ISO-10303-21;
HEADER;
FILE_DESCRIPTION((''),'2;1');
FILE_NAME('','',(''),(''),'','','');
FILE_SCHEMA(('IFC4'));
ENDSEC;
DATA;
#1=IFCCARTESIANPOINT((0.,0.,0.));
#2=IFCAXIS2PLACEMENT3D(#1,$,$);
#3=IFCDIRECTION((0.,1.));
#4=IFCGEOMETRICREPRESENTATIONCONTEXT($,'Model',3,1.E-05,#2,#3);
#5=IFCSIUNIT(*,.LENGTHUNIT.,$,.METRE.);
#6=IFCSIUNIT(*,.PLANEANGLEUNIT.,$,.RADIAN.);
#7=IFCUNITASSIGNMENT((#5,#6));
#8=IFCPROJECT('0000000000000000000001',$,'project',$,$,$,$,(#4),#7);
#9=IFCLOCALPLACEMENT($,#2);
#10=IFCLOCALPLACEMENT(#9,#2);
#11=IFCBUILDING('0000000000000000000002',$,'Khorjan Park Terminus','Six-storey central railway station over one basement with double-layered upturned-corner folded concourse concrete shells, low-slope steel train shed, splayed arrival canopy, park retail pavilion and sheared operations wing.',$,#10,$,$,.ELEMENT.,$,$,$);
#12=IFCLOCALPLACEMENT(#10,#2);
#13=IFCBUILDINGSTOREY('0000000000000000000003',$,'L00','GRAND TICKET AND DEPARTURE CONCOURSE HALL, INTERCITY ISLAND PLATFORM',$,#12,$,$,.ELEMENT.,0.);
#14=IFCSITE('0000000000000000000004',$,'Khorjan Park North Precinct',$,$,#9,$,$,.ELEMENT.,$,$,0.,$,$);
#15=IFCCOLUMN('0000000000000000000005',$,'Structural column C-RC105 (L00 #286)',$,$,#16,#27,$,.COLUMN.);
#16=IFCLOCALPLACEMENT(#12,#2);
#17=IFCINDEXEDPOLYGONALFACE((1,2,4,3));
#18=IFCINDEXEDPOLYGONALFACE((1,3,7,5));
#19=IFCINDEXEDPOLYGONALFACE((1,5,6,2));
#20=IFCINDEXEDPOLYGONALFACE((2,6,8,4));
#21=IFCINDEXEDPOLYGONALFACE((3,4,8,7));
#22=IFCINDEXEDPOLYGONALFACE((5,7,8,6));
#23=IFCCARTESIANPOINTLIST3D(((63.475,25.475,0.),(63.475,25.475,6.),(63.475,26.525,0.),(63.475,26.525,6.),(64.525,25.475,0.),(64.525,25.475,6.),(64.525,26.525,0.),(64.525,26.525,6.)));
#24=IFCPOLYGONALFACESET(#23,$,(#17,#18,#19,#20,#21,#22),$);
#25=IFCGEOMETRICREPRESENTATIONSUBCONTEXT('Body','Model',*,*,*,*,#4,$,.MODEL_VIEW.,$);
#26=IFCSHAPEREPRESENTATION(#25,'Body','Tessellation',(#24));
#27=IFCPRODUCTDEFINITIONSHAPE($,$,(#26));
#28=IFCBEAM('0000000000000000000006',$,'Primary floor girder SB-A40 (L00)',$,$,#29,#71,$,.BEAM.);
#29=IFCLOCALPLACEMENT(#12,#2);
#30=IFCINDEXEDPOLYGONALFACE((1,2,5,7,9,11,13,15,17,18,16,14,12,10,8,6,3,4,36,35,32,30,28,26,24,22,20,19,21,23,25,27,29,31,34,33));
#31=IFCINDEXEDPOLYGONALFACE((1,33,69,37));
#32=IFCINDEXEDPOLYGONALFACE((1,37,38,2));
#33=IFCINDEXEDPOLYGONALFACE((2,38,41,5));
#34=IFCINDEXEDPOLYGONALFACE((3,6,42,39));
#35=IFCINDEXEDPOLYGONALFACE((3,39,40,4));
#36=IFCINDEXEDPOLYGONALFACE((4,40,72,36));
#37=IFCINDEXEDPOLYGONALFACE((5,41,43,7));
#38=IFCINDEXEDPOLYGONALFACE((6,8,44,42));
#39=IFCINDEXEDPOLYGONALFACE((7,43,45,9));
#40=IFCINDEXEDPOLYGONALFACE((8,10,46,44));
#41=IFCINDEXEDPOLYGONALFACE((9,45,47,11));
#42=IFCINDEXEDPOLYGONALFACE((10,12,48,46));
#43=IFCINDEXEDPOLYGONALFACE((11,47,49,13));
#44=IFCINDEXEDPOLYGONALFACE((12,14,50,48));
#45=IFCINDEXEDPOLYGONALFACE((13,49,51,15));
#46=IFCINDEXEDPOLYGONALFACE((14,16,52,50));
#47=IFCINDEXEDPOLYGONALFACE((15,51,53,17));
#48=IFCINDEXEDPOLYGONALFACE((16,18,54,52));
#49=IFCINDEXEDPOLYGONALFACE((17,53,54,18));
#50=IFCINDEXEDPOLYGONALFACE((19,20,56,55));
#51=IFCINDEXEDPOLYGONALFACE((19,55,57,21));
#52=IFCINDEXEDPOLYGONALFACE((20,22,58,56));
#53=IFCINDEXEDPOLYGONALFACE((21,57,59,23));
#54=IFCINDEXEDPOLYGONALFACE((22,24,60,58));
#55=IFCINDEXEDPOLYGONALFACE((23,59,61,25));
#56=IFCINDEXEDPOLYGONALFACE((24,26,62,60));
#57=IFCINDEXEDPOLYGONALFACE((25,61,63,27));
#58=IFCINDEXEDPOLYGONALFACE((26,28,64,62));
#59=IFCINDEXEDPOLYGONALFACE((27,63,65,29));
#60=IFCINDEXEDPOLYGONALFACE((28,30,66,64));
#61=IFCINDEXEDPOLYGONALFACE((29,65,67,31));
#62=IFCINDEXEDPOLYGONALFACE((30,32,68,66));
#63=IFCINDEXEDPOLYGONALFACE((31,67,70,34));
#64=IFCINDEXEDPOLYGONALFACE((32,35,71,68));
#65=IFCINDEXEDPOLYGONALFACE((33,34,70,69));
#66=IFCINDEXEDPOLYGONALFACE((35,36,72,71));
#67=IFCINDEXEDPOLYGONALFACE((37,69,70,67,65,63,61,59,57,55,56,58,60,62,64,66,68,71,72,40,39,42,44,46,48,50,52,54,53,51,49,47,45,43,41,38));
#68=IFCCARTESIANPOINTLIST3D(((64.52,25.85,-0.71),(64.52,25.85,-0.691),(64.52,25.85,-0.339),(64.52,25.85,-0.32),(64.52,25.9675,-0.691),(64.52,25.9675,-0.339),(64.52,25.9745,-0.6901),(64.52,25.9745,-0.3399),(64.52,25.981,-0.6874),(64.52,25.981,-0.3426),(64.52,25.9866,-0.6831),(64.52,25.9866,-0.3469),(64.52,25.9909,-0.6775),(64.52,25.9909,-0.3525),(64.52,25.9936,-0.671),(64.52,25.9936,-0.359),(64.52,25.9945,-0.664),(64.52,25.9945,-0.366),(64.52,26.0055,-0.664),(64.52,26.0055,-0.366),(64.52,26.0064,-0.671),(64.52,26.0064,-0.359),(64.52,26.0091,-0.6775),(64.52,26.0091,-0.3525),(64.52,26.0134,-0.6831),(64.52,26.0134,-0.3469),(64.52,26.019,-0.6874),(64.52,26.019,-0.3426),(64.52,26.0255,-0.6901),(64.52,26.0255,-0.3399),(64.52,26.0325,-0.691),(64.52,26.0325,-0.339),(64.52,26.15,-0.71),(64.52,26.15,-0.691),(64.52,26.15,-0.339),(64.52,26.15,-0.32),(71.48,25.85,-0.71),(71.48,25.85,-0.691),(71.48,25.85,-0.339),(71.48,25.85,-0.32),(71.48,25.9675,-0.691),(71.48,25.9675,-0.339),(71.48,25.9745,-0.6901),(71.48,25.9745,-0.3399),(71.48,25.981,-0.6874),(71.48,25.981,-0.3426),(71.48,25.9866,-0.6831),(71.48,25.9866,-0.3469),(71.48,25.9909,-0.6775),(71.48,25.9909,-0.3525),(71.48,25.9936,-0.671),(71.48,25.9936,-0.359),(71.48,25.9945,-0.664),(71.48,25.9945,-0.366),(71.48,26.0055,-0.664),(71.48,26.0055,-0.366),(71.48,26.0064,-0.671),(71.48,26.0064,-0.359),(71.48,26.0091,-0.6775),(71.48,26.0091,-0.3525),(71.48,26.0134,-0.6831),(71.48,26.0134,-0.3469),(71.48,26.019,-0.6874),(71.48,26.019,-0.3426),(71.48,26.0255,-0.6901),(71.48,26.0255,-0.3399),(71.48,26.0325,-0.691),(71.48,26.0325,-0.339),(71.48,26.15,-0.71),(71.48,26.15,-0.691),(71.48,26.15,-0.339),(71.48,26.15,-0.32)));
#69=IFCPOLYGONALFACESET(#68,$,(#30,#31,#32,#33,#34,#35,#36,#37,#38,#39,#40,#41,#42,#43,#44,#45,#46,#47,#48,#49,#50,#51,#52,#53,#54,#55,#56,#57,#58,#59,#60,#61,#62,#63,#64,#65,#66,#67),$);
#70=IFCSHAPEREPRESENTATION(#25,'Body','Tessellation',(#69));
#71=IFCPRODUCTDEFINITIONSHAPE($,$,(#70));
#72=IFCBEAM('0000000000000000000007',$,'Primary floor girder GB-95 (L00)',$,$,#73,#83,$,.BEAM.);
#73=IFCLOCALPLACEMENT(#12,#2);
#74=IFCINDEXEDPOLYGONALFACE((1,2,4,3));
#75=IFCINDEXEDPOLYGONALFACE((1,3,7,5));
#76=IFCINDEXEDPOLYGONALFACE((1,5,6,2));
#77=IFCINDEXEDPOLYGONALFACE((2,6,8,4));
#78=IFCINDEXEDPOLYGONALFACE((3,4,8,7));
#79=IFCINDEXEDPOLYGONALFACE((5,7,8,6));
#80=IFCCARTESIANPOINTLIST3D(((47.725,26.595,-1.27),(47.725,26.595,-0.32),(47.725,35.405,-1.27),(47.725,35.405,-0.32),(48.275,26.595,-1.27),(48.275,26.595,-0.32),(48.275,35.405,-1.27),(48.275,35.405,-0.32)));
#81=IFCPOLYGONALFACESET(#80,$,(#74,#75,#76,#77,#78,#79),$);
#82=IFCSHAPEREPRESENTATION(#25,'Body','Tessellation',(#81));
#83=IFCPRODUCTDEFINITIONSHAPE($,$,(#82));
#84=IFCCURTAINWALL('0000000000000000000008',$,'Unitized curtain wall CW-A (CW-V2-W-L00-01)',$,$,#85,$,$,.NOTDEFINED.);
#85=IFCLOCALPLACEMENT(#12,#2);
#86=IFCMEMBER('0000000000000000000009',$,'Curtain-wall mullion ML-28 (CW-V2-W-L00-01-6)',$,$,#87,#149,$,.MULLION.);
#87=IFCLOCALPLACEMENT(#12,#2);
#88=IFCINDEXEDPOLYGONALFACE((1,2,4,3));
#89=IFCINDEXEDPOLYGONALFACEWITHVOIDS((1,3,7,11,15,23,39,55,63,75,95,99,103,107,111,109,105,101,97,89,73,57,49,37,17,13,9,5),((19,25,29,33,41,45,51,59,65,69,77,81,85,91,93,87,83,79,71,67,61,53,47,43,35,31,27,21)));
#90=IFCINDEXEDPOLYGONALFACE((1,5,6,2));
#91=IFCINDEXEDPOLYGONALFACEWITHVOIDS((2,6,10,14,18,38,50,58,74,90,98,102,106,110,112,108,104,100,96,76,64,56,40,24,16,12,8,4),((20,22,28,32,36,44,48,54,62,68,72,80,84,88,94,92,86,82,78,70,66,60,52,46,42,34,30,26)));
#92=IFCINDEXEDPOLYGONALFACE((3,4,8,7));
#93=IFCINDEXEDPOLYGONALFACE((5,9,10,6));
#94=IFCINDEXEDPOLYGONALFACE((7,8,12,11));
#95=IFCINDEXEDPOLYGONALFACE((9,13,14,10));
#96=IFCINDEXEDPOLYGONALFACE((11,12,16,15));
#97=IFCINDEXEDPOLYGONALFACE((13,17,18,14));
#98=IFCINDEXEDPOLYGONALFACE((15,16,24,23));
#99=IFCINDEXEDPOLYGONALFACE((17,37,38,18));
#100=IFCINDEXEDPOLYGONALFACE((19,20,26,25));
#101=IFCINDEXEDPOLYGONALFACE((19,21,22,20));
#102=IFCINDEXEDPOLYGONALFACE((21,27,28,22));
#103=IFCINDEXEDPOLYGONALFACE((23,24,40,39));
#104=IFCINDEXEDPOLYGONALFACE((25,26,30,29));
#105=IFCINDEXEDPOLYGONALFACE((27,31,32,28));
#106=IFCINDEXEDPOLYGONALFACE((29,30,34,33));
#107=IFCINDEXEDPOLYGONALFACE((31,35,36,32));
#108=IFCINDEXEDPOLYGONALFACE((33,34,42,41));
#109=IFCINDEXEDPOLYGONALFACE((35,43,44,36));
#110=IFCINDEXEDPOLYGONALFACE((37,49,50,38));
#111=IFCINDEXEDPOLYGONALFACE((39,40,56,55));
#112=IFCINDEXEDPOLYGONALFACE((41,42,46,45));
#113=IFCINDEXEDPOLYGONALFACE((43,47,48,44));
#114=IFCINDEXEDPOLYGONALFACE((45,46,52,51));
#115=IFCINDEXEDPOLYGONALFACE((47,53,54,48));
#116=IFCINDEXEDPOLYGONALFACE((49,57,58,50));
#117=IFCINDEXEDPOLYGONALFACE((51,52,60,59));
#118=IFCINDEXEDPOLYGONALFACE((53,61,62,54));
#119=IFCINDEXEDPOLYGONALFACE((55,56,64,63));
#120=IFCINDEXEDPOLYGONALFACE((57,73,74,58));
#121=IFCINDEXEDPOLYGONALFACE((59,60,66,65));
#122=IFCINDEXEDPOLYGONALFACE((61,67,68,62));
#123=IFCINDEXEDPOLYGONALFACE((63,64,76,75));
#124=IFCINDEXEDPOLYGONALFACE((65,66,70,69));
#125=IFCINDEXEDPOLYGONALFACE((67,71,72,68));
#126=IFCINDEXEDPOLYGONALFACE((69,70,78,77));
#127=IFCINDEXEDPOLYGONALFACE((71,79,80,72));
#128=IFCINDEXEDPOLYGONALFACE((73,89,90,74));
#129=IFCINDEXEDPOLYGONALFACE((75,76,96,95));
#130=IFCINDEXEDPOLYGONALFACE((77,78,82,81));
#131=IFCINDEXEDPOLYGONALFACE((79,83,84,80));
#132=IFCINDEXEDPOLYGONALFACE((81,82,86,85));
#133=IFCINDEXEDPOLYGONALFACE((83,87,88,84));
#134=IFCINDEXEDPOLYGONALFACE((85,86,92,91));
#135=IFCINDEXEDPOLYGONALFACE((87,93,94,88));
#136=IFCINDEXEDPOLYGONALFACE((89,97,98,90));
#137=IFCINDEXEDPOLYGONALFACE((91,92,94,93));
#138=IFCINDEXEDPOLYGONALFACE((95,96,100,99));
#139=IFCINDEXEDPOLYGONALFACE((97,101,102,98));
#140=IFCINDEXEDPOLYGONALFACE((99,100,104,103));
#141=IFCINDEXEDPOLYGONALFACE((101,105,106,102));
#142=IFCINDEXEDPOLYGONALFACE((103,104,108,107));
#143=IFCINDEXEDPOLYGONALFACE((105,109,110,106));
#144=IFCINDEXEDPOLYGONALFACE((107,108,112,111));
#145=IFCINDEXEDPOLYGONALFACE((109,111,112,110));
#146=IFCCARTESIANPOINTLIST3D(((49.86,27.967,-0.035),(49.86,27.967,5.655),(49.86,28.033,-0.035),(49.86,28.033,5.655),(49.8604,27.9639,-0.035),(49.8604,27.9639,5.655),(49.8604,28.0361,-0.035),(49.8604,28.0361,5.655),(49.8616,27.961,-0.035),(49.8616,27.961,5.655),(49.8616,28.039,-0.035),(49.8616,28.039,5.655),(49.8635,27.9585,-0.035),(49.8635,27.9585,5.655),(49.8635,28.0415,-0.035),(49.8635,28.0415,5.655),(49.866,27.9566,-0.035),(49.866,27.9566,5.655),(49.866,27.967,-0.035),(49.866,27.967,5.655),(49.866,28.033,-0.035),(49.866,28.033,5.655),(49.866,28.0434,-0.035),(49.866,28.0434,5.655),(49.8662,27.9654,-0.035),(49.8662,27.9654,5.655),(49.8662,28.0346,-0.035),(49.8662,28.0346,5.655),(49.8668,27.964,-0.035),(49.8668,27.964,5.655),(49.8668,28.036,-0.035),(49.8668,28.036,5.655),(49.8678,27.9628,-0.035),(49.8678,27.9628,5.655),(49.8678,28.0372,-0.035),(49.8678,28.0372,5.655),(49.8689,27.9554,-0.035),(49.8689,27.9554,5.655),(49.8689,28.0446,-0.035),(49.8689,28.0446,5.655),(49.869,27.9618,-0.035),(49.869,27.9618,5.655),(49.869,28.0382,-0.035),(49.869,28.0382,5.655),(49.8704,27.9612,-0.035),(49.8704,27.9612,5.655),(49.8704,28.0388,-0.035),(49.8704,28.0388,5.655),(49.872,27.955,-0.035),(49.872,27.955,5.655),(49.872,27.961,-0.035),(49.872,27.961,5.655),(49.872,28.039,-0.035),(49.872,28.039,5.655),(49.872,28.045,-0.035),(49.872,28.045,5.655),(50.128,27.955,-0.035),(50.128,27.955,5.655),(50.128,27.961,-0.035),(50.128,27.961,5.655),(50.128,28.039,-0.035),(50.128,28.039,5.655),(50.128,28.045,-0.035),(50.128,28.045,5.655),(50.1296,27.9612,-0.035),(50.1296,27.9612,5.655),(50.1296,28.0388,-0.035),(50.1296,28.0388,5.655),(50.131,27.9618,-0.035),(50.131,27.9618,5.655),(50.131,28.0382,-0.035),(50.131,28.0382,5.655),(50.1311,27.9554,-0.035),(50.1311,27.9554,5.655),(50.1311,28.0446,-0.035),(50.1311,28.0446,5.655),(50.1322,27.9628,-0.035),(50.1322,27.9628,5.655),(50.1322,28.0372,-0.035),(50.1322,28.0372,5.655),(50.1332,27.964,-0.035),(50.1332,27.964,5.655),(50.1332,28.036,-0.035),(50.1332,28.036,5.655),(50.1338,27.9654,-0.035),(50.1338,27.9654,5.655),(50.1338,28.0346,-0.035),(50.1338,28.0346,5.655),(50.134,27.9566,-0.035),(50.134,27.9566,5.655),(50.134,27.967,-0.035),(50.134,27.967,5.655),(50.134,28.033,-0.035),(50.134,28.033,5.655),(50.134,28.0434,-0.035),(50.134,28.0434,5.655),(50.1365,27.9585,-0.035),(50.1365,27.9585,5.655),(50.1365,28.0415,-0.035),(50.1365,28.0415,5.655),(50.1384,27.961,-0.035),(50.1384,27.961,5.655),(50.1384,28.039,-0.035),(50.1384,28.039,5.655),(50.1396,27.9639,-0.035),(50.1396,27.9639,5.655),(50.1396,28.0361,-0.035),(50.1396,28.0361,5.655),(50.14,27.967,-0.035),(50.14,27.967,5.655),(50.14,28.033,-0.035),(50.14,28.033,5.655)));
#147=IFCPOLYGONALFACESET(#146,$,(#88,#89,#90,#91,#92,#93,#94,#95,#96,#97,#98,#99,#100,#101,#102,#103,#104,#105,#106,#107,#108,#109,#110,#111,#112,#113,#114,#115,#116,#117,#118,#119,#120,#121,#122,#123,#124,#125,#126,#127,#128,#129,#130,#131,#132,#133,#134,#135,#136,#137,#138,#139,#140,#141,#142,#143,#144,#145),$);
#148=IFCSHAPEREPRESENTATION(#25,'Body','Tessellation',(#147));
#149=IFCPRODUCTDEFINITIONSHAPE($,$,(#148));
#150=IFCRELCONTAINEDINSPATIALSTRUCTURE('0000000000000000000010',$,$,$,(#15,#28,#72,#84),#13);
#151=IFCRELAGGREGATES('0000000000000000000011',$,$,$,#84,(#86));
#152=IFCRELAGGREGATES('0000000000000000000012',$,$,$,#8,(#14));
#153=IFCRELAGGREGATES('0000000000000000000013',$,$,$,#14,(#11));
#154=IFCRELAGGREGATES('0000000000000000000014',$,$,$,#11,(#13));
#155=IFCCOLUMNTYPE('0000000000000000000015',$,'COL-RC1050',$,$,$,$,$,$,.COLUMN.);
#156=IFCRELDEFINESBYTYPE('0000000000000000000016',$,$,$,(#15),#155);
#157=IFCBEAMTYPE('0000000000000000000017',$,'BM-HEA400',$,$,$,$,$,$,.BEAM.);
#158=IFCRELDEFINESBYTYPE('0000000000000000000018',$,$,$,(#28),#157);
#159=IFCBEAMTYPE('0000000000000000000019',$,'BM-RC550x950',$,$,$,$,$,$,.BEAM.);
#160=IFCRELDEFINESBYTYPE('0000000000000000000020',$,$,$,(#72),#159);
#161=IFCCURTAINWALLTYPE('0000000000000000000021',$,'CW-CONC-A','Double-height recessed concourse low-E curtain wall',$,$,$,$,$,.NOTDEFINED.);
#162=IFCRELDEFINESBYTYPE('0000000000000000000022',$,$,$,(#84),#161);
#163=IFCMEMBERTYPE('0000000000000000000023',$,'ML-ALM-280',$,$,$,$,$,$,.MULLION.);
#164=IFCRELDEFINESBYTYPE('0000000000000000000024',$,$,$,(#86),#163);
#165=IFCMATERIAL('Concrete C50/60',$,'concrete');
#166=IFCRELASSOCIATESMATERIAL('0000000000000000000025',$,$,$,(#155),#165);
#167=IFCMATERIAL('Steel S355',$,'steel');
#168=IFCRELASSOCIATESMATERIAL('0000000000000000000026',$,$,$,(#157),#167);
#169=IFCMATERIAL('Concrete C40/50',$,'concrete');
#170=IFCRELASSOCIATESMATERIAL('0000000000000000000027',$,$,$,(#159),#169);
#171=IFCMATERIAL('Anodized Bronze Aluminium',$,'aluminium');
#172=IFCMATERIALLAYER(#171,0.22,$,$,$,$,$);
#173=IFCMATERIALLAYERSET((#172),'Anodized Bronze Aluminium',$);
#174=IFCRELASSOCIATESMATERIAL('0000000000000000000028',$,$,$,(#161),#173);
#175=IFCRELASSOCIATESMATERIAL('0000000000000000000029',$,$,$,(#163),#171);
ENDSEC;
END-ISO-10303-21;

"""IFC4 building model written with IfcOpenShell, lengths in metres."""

from ifc_helpers import new_model, si_unit, direction, frame, origin, origin_2d, place, context, subcontext, project, spatial, rectangle, hollow_rectangle, i_section, extrude, material, layer, layer_set, material_profile, profile_set, type_object, element, aggregate, save


model = new_model("IFC4")

# Units and contexts
model_context = context("Model", 3, precision=1e-05, world=origin(), true_north=direction((0.0, 1.0)))
body_context = subcontext(model_context, "Body", "Model", "MODEL_VIEW")
ifc_project = project(units=[si_unit("LENGTHUNIT", "METRE"), si_unit("PLANEANGLEUNIT", "RADIAN")], contexts=[model_context])

# Site, building, storey
site_placement = place(None, origin())
site = spatial("IfcSite", under=ifc_project, at=site_placement, Name="Khorjan Park North Precinct", CompositionType="ELEMENT", RefElevation=0.0)
building_placement = place(site_placement, origin())
building = spatial("IfcBuilding", under=site, at=building_placement, Name="Khorjan Park Terminus", Description="Six-storey central railway station over one basement with double-layered upturned-corner folded concourse concrete shells, low-slope steel train shed, splayed arrival canopy, park retail pavilion and sheared operations wing.", CompositionType="ELEMENT")
storey_placement = place(building_placement, origin())
storey = spatial("IfcBuildingStorey", under=building, at=storey_placement, Name="L00", Description="GRAND TICKET AND DEPARTURE CONCOURSE HALL, INTERCITY ISLAND PLATFORM", CompositionType="ELEMENT", Elevation=0.0)

# Column
ifc_material_1 = material(Name="Concrete C50/60", Category="concrete")
ifc_material_profile_1 = material_profile(ifc_material_1, rectangle(XDim=1.05, YDim=1.05, at=origin_2d()), Name="RC 1050x1050")
ifc_profile_set_1 = profile_set([ifc_material_profile_1], Name="Concrete C50/60")
column_type = type_object("IfcColumnType", Name="COL-RC1050", PredefinedType="COLUMN", material=ifc_profile_set_1)
column_placement = place(storey_placement, frame((64.0, 26.0, 0.0), z_axis=(0.0, 0.0, 1.0), x_axis=(1.0, 0.0, 0.0)))
element("IfcColumn", 1, at=column_placement, inside=storey, type_object=column_type, Name="Structural column C-RC105 (L00 #286)", PredefinedType="COLUMN", context=body_context, shape_type="SweptSolid", body=[
    extrude(rectangle(XDim=1.05, YDim=1.05, at=origin_2d()), origin(), (0.0, 0.0, 1.0), 6.0),
])

# Beams
ifc_material_2 = material(Name="Steel S355", Category="steel")
ifc_material_profile_2 = material_profile(ifc_material_2, i_section(OverallWidth=0.3, OverallDepth=0.39, WebThickness=0.011, FlangeThickness=0.019, FilletRadius=0.027, at=origin_2d()), Name="HEA 400")
ifc_profile_set_2 = profile_set([ifc_material_profile_2], Name="Steel S355")
beam_type_1 = type_object("IfcBeamType", Name="BM-HEA400", PredefinedType="BEAM", material=ifc_profile_set_2)
beam_1_placement = place(storey_placement, frame((64.52, 26.0, -0.515), z_axis=(1.0, 0.0, 0.0), x_axis=(0.0, 1.0, 0.0)))
element("IfcBeam", 2, at=beam_1_placement, inside=storey, type_object=beam_type_1, Name="Primary floor girder SB-A40 (L00)", PredefinedType="BEAM", context=body_context, shape_type="SweptSolid", body=[
    extrude(i_section(OverallWidth=0.3, OverallDepth=0.39, WebThickness=0.011, FlangeThickness=0.019, FilletRadius=0.027, at=origin_2d()), origin(), (0.0, 0.0, 1.0), 6.96),
])
ifc_material_3 = material(Name="Concrete C40/50", Category="concrete")
ifc_material_profile_3 = material_profile(ifc_material_3, rectangle(XDim=0.55, YDim=0.95, at=origin_2d()), Name="RC 550x950")
ifc_profile_set_3 = profile_set([ifc_material_profile_3], Name="Concrete C40/50")
beam_type_2 = type_object("IfcBeamType", Name="BM-RC550x950", PredefinedType="BEAM", material=ifc_profile_set_3)
beam_2_placement = place(storey_placement, frame((48.0, 26.595, -0.795), z_axis=(0.0, 1.0, 0.0), x_axis=(-1.0, 0.0, 0.0)))
element("IfcBeam", 3, at=beam_2_placement, inside=storey, type_object=beam_type_2, Name="Primary floor girder GB-95 (L00)", PredefinedType="BEAM", context=body_context, shape_type="SweptSolid", body=[
    extrude(rectangle(XDim=0.55, YDim=0.95, at=origin_2d()), origin(), (0.0, 0.0, 1.0), 8.81),
])

# Curtain wall, member
ifc_material_4 = material(Name="Anodized Bronze Aluminium", Category="aluminium")
ifc_layer_1 = layer(ifc_material_4, 0.22)
ifc_layer_set_1 = layer_set([ifc_layer_1], Name="Anodized Bronze Aluminium")
curtain_wall_type = type_object("IfcCurtainWallType", Name="CW-CONC-A", Description="Double-height recessed concourse low-E curtain wall", PredefinedType="NOTDEFINED", material=ifc_layer_set_1)
curtain_wall_1_placement = place(storey_placement, origin())
curtain_wall_1 = element("IfcCurtainWall", 4, at=curtain_wall_1_placement, inside=storey, type_object=curtain_wall_type, Name="Unitized curtain wall CW-A (CW-V2-W-L00-01)", PredefinedType="NOTDEFINED")
ifc_material_profile_4 = material_profile(ifc_material_4, hollow_rectangle(XDim=0.09, YDim=0.28, WallThickness=0.006, InnerFilletRadius=0.006, OuterFilletRadius=0.012, at=origin_2d()), Name="ALM 90x280x6")
ifc_profile_set_4 = profile_set([ifc_material_profile_4], Name="Anodized Bronze Aluminium")
member_type_1 = type_object("IfcMemberType", Name="ML-ALM-280", PredefinedType="MULLION", material=ifc_profile_set_4)
member_1_placement = place(storey_placement, frame((50.0, 28.0, -0.035), z_axis=(0.0, 0.0, 1.0), x_axis=(0.0, -1.0, 0.0)))
member_1 = element("IfcMember", 5, at=member_1_placement, type_object=member_type_1, Name="Curtain-wall mullion ML-28 (CW-V2-W-L00-01-6)", PredefinedType="MULLION", context=body_context, shape_type="SweptSolid", body=[
    extrude(hollow_rectangle(XDim=0.09, YDim=0.28, WallThickness=0.006, InnerFilletRadius=0.006, OuterFilletRadius=0.012, at=origin_2d()), origin(), (0.0, 0.0, 1.0), 5.69),
])
aggregate(curtain_wall_1, [member_1])

save(model, "model.ifc")
